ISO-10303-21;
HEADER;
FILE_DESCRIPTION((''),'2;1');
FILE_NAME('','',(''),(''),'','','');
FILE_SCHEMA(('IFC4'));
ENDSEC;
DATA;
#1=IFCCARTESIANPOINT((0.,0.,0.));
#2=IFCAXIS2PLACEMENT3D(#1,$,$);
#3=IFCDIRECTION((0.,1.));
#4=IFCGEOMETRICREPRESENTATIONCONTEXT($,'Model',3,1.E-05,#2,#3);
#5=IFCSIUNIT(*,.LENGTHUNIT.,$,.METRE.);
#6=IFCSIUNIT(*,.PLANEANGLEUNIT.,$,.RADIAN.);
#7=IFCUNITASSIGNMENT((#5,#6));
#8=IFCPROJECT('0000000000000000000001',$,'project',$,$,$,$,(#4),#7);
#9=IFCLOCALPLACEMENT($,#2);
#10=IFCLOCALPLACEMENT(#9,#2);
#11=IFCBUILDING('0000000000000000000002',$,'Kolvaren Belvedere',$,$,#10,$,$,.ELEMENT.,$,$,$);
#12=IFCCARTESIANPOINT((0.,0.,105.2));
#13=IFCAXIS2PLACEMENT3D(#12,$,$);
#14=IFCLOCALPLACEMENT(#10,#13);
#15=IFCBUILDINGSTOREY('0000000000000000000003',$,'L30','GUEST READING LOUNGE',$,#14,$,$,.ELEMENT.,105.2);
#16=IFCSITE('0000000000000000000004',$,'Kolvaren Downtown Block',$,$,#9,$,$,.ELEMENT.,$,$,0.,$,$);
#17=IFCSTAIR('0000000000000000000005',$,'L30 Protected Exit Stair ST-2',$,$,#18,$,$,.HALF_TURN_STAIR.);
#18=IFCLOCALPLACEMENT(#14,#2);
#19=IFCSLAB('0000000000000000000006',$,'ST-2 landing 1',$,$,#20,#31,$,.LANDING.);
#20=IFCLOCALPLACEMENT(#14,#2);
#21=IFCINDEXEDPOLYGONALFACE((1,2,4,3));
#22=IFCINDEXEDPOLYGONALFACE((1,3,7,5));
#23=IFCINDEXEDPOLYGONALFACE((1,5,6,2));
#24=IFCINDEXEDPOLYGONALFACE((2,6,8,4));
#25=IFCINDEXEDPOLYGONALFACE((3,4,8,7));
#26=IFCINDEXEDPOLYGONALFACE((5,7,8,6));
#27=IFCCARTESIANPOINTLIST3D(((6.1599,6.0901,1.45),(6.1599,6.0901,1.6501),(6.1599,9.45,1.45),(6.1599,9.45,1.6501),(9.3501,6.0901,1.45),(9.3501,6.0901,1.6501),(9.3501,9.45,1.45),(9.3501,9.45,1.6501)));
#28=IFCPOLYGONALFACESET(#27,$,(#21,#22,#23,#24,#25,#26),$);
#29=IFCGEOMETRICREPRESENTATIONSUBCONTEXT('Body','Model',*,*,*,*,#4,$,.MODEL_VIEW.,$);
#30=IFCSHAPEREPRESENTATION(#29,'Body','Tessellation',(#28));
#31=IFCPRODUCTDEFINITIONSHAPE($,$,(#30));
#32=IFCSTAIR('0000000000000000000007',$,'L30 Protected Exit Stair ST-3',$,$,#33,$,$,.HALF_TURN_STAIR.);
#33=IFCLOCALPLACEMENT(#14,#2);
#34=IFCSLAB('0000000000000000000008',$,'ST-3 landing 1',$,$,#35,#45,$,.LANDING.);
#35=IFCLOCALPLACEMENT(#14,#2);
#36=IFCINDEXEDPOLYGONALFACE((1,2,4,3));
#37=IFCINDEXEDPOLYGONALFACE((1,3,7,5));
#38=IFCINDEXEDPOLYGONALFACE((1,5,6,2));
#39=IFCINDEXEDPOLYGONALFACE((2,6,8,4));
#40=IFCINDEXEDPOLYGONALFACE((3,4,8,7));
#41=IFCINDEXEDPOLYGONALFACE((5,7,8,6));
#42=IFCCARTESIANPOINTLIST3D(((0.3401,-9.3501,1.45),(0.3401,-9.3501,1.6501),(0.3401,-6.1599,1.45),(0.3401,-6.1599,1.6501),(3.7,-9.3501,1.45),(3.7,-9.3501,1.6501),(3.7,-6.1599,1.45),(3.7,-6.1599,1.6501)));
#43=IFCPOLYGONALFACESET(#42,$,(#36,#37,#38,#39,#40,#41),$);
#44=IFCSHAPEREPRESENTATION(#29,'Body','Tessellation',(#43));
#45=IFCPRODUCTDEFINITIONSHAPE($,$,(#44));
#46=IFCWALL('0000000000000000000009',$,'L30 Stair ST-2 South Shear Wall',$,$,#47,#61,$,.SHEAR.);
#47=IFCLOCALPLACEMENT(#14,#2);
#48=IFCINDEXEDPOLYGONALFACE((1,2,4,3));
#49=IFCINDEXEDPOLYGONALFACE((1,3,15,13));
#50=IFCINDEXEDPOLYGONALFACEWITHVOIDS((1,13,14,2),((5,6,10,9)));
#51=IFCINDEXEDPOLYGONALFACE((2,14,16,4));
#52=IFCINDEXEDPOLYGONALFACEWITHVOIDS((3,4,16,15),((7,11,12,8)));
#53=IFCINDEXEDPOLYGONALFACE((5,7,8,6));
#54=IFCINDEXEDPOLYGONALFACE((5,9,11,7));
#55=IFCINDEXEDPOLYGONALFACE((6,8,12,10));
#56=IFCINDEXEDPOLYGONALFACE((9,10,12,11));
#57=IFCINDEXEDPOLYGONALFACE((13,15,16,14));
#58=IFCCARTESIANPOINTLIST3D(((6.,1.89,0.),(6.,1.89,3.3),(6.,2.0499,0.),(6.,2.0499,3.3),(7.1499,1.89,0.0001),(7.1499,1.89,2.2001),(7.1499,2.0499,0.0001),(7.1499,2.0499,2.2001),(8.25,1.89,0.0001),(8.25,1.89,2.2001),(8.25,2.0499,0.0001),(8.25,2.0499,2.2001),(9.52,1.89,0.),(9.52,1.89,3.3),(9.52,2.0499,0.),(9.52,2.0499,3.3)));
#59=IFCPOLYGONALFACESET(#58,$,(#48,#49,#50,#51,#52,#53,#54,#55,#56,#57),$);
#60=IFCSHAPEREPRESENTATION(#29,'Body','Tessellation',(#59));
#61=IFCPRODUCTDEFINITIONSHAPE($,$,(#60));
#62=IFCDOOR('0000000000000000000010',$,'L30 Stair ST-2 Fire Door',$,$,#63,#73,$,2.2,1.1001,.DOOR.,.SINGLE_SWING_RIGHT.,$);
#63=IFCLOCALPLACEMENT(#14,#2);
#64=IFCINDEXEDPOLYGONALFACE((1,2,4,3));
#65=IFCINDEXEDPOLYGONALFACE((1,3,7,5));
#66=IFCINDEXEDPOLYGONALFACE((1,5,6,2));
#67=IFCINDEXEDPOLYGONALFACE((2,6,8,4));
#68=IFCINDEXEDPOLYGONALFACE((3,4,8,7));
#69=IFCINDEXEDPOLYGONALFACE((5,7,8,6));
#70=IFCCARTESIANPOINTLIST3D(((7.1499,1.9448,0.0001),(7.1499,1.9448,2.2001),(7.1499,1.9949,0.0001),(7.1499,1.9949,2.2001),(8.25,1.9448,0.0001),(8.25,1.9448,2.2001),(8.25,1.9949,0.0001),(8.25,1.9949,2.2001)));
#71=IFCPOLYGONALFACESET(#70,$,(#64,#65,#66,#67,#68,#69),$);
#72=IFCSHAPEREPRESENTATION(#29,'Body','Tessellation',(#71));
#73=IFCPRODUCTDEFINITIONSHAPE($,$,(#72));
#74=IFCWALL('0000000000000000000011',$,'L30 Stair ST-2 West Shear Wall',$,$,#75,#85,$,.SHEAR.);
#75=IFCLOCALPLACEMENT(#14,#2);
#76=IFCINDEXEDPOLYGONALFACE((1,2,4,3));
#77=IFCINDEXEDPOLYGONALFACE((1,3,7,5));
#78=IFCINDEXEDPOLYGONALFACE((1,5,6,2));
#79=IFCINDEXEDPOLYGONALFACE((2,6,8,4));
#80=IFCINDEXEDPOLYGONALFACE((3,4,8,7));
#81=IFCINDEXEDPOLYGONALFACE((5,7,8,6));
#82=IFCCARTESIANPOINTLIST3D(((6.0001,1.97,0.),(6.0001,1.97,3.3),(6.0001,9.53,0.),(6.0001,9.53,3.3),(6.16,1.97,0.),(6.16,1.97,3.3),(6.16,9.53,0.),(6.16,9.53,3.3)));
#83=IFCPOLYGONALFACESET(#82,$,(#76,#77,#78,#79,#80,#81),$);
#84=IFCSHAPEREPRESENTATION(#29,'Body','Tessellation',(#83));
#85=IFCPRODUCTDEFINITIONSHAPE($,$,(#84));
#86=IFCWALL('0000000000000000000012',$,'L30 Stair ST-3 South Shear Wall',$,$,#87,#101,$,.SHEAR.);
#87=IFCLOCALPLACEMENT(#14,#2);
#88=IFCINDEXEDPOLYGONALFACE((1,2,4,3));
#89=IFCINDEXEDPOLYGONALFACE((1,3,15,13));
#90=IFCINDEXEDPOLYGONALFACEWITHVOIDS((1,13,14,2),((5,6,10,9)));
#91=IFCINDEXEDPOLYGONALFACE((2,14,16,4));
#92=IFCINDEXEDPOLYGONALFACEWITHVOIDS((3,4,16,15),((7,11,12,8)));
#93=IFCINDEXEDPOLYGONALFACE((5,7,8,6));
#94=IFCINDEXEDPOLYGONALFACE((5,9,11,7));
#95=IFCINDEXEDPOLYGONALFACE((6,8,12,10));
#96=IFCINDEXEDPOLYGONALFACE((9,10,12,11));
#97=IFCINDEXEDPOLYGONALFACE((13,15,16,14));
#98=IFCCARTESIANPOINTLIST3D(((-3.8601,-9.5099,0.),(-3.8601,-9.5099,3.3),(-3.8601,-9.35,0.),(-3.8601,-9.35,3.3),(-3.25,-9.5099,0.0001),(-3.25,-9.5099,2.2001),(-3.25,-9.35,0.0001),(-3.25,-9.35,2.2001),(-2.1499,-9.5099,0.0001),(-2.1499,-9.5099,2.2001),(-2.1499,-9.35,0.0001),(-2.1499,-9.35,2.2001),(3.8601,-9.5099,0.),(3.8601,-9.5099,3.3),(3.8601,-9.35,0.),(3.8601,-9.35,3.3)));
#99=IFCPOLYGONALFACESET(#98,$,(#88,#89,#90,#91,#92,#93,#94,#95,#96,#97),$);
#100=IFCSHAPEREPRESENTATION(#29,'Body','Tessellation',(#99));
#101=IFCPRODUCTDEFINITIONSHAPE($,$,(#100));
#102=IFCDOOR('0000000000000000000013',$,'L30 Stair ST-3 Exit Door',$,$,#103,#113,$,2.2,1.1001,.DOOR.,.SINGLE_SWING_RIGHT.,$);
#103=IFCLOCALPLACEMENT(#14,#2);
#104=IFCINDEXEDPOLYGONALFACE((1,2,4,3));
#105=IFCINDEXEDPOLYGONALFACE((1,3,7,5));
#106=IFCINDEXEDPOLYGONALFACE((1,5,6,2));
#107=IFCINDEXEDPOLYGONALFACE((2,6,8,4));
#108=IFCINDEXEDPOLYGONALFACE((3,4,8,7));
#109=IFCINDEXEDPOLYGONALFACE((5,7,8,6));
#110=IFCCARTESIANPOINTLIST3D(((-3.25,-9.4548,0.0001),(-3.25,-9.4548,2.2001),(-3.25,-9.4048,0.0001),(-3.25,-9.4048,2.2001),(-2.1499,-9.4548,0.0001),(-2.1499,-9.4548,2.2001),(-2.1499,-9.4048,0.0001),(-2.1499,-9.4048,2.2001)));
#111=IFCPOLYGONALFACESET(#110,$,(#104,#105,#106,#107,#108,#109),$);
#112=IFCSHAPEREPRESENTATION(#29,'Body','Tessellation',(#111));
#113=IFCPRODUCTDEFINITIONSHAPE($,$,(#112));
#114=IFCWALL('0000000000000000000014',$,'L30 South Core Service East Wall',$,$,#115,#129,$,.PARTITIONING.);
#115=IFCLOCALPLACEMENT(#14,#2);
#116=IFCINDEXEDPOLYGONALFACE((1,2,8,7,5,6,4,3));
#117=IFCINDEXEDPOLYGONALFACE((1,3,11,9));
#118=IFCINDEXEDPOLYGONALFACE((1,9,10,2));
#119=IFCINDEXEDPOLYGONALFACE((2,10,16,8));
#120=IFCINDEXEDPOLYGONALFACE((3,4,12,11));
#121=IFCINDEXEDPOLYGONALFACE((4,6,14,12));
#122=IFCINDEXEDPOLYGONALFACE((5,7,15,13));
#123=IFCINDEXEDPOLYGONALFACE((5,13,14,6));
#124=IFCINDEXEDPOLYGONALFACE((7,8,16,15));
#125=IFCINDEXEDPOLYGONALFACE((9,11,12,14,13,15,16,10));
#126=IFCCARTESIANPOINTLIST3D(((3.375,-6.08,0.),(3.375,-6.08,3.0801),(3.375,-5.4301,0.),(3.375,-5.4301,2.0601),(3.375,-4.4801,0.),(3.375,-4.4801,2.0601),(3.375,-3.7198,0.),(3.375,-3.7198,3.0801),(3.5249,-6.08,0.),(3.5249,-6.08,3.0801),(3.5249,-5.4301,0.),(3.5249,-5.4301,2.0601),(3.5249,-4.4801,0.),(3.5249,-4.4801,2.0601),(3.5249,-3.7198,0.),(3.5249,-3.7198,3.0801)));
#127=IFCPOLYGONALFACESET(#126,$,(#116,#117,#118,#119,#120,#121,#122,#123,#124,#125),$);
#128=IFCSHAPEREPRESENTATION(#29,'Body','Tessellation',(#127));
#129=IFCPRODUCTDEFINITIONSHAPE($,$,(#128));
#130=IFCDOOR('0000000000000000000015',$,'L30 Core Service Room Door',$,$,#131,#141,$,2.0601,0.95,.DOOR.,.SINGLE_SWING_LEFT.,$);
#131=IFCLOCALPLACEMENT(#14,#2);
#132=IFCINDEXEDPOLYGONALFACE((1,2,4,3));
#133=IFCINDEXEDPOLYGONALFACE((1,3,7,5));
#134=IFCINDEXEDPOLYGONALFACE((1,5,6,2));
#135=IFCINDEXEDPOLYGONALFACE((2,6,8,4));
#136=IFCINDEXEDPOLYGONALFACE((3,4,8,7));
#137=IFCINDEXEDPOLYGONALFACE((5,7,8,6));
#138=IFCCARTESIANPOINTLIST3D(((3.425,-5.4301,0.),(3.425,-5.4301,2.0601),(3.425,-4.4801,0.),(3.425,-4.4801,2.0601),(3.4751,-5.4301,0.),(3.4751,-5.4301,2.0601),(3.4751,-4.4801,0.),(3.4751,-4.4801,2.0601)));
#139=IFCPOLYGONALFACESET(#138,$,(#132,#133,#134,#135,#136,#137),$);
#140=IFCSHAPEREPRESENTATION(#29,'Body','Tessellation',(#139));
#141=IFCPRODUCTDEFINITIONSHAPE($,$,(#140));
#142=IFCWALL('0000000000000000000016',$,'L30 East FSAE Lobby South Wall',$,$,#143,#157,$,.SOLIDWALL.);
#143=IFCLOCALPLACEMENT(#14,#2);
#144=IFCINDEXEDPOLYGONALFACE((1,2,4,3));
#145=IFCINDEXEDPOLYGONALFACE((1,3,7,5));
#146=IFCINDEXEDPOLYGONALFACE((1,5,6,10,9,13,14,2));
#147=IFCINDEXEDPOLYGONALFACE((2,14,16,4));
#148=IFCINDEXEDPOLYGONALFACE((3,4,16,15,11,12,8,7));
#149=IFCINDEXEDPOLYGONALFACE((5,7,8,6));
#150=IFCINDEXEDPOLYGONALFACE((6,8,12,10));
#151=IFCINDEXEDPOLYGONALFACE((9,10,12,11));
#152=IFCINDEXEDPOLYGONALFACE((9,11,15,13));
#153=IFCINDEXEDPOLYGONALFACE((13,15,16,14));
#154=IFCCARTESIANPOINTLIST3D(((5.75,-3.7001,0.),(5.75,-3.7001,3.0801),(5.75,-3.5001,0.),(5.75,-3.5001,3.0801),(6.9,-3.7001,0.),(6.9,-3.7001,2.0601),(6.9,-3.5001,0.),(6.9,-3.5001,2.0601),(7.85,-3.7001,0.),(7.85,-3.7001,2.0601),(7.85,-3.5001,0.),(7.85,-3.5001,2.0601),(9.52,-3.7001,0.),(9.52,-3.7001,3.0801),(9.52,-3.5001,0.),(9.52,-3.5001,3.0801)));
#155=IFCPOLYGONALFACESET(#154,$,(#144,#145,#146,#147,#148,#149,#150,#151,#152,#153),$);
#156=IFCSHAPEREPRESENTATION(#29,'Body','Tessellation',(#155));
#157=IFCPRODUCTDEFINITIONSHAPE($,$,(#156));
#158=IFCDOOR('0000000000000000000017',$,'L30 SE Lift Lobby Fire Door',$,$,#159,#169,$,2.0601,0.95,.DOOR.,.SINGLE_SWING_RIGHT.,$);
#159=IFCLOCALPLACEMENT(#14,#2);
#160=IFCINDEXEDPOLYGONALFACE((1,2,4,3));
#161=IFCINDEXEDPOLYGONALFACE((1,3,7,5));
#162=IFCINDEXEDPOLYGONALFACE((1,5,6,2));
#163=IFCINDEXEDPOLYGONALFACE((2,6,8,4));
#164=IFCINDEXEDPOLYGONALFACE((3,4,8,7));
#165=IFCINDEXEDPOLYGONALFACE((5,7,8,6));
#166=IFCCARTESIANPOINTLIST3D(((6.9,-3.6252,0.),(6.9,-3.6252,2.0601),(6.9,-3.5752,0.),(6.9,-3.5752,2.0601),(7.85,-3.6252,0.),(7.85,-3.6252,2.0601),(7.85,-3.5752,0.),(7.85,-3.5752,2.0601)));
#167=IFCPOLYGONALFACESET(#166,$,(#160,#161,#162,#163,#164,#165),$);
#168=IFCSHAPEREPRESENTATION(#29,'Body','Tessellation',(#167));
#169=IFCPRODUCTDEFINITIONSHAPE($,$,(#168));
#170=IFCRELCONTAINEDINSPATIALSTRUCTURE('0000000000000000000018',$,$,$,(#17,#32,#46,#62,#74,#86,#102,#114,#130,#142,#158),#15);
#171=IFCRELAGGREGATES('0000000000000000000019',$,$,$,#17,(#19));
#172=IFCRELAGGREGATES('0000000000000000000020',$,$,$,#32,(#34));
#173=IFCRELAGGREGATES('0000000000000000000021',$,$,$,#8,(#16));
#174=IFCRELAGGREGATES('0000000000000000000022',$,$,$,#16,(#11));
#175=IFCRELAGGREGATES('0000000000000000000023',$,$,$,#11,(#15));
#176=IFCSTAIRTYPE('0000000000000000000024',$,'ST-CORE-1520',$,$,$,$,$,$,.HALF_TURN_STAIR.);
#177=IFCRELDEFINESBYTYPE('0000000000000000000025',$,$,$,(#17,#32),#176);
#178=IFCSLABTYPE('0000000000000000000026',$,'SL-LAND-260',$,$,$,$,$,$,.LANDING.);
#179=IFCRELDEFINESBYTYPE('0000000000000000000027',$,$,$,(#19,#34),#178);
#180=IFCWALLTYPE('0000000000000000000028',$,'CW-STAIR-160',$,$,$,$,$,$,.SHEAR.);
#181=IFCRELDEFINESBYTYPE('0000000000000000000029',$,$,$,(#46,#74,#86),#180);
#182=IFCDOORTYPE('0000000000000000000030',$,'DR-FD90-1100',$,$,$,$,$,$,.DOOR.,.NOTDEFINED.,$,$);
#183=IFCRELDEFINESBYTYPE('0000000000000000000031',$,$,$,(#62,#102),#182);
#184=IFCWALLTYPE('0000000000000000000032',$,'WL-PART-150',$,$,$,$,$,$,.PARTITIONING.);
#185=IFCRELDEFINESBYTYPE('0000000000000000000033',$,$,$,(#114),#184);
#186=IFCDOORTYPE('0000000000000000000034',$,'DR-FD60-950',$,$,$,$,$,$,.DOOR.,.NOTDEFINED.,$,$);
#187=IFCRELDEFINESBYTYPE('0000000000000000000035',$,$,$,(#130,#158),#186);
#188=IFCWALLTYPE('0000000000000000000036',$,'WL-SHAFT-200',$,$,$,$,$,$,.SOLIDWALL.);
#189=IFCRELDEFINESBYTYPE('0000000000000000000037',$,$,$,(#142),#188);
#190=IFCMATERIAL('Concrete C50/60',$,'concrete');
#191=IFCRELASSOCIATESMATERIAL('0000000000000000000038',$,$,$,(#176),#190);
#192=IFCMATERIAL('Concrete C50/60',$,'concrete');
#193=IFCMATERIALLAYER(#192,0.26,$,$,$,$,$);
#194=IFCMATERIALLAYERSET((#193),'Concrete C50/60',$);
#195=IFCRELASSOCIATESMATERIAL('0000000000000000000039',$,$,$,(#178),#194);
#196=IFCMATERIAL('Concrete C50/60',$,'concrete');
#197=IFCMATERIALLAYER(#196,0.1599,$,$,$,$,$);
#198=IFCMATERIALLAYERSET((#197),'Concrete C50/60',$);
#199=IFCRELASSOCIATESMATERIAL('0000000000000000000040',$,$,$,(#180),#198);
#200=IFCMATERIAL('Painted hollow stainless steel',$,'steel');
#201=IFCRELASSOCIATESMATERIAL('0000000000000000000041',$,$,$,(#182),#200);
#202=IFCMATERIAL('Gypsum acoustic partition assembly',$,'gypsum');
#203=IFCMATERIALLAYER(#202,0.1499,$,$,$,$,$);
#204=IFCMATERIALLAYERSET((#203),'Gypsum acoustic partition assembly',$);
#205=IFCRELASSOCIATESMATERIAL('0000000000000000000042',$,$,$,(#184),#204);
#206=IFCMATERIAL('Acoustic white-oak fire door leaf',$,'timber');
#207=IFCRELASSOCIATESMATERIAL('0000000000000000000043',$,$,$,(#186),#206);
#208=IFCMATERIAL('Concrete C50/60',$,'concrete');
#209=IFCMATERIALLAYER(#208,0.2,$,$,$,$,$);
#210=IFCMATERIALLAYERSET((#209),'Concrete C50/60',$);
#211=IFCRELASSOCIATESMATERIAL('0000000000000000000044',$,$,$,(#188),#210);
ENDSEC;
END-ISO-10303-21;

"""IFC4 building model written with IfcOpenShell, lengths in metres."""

from ifc_helpers import new_model, si_unit, direction, frame, frame_2d, origin, place, context, subcontext, project, spatial, polyline, rectangle, outline, extrude, material, layer, layer_set, type_object, element, fill, aggregate, save


model = new_model("IFC4")

# Units and contexts
model_context = context("Model", 3, precision=1e-05, world=origin(), true_north=direction((0.0, 1.0)))
body_context = subcontext(model_context, "Body", "Model", "MODEL_VIEW")
ifc_project = project(units=[si_unit("LENGTHUNIT", "METRE"), si_unit("PLANEANGLEUNIT", "RADIAN")], contexts=[model_context])

# Site, building, storey
site_placement = place(None, origin())
site = spatial("IfcSite", under=ifc_project, at=site_placement, Name="Kolvaren Downtown Block", CompositionType="ELEMENT", RefElevation=0.0)
building_placement = place(site_placement, origin())
building = spatial("IfcBuilding", under=site, at=building_placement, Name="Kolvaren Belvedere", CompositionType="ELEMENT")
storey_placement = place(building_placement, frame((0.0, 0.0, 105.2)))
storey = spatial("IfcBuildingStorey", under=building, at=storey_placement, Name="L30", Description="GUEST READING LOUNGE", CompositionType="ELEMENT", Elevation=105.2)

# Stairs, slabs
ifc_material_1 = material(Name="Concrete C50/60", Category="concrete")
stair_type = type_object("IfcStairType", Name="ST-CORE-1520", PredefinedType="HALF_TURN_STAIR", material=ifc_material_1)
ifc_material_2 = material(Name="Concrete C50/60", Category="concrete")
ifc_layer_1 = layer(ifc_material_2, 0.26)
ifc_layer_set_1 = layer_set([ifc_layer_1], Name="Concrete C50/60")
slab_type_1 = type_object("IfcSlabType", Name="SL-LAND-260", PredefinedType="LANDING", material=ifc_layer_set_1)
stair_1_placement = place(storey_placement, origin())
stair_1 = element("IfcStair", 1, at=stair_1_placement, inside=storey, type_object=stair_type, Name="L30 Protected Exit Stair ST-2", PredefinedType="HALF_TURN_STAIR")
slab_1_placement = place(storey_placement, frame((0.0, 0.0, 1.45)))
slab_1 = element("IfcSlab", 2, at=slab_1_placement, type_object=slab_type_1, Name="ST-2 landing 1", PredefinedType="LANDING", context=body_context, shape_type="SweptSolid", body=[
    extrude(outline(polyline([(9.3501, 6.0901), (9.3501, 9.45), (6.1599, 9.45), (6.1599, 6.0901), (9.3501, 6.0901)])), origin(), (0.0, 0.0, 1.0), 0.2002),
])
aggregate(stair_1, [slab_1])
stair_2_placement = place(storey_placement, origin())
stair_2 = element("IfcStair", 3, at=stair_2_placement, inside=storey, type_object=stair_type, Name="L30 Protected Exit Stair ST-3", PredefinedType="HALF_TURN_STAIR")
slab_2_placement = place(storey_placement, frame((0.0, 0.0, 1.45)))
slab_2 = element("IfcSlab", 4, at=slab_2_placement, type_object=slab_type_1, Name="ST-3 landing 1", PredefinedType="LANDING", context=body_context, shape_type="SweptSolid", body=[
    extrude(outline(polyline([(0.3401, -9.3501), (3.7, -9.3501), (3.7, -6.1599), (0.3401, -6.1599), (0.3401, -9.3501)])), origin(), (0.0, 0.0, 1.0), 0.2002),
])

# Wall, opening, door
ifc_material_3 = material(Name="Concrete C50/60", Category="concrete")
ifc_layer_2 = layer(ifc_material_3, 0.1599)
ifc_layer_set_2 = layer_set([ifc_layer_2], Name="Concrete C50/60")
wall_type_1 = type_object("IfcWallType", Name="CW-STAIR-160", PredefinedType="SHEAR", material=ifc_layer_set_2)
wall_1_placement = place(storey_placement, frame((6.0, 1.97, 0.0), z_axis=(0.0, 0.0, 1.0), x_axis=(1.0, 0.0, 0.0)))
wall_1 = element("IfcWall", 5, at=wall_1_placement, inside=storey, type_object=wall_type_1, Name="L30 Stair ST-2 South Shear Wall", PredefinedType="SHEAR", context=body_context, shape_type="SweptSolid", body=[
    extrude(rectangle(XDim=3.52, YDim=0.1599, at=frame_2d((1.76, 0.0))), origin(), (0.0, 0.0, 1.0), 3.3),
])
opening_1_placement = place(wall_1_placement, frame((1.1499, 0.0, 0.0)))
opening_1 = element("IfcOpeningElement", 6, at=opening_1_placement, cuts=wall_1, PredefinedType="OPENING", context=body_context, shape_type="SweptSolid", body=[
    extrude(rectangle(XDim=1.1001, YDim=2.2, at=frame_2d((0.55, 1.1001))), frame((0.0, 0.0898, 0.0), z_axis=(0.0, -1.0, 0.0), x_axis=(1.0, 0.0, 0.0)), (0.0, 0.0, 1.0), 0.1799),
])
ifc_material_4 = material(Name="Painted hollow stainless steel", Category="steel")
door_type_1 = type_object("IfcDoorType", Name="DR-FD90-1100", OperationType="NOTDEFINED", PredefinedType="DOOR", material=ifc_material_4)
door_1_placement = place(opening_1_placement, origin())
door_1 = element("IfcDoor", 7, at=door_1_placement, inside=storey, type_object=door_type_1, Name="L30 Stair ST-2 Fire Door", OperationType="SINGLE_SWING_RIGHT", OverallHeight=2.2, OverallWidth=1.1001, PredefinedType="DOOR", context=body_context, shape_type="SweptSolid", body=[
    extrude(rectangle(XDim=1.1001, YDim=2.2, at=frame_2d((0.55, 1.1001))), frame((0.0, 0.0249, 0.0), z_axis=(0.0, -1.0, 0.0), x_axis=(1.0, 0.0, 0.0)), (0.0, 0.0, 1.0), 0.05),
])
fill(opening_1, door_1)

# Wall
wall_2_placement = place(storey_placement, frame((6.0801, 1.97, 0.0), z_axis=(0.0, 0.0, 1.0), x_axis=(0.0, 1.0, 0.0)))
element("IfcWall", 8, at=wall_2_placement, inside=storey, type_object=wall_type_1, Name="L30 Stair ST-2 West Shear Wall", PredefinedType="SHEAR", context=body_context, shape_type="SweptSolid", body=[
    extrude(rectangle(XDim=7.5601, YDim=0.1599, at=frame_2d((3.78, 0.0))), origin(), (0.0, 0.0, 1.0), 3.3),
])

# Walls, openings, doors
wall_3_placement = place(storey_placement, frame((3.8601, -9.4299, 0.0), z_axis=(0.0, 0.0, 1.0), x_axis=(-1.0, 0.0, 0.0)))
wall_3 = element("IfcWall", 9, at=wall_3_placement, inside=storey, type_object=wall_type_1, Name="L30 Stair ST-3 South Shear Wall", PredefinedType="SHEAR", context=body_context, shape_type="SweptSolid", body=[
    extrude(rectangle(XDim=7.7202, YDim=0.1599, at=frame_2d((3.8601, 0.0))), origin(), (0.0, 0.0, 1.0), 3.3),
])
opening_2_placement = place(wall_3_placement, frame((6.01, 0.0, 0.0)))
opening_2 = element("IfcOpeningElement", 10, at=opening_2_placement, cuts=wall_3, PredefinedType="OPENING", context=body_context, shape_type="SweptSolid", body=[
    extrude(rectangle(XDim=1.1001, YDim=2.2, at=frame_2d((0.55, 1.1001))), frame((0.0, 0.0898, 0.0), z_axis=(0.0, -1.0, 0.0), x_axis=(1.0, 0.0, 0.0)), (0.0, 0.0, 1.0), 0.1799),
])
door_2_placement = place(opening_2_placement, origin())
door_2 = element("IfcDoor", 11, at=door_2_placement, inside=storey, type_object=door_type_1, Name="L30 Stair ST-3 Exit Door", OperationType="SINGLE_SWING_RIGHT", OverallHeight=2.2, OverallWidth=1.1001, PredefinedType="DOOR", context=body_context, shape_type="SweptSolid", body=[
    extrude(rectangle(XDim=1.1001, YDim=2.2, at=frame_2d((0.55, 1.1001))), frame((0.0, 0.0249, 0.0), z_axis=(0.0, -1.0, 0.0), x_axis=(1.0, 0.0, 0.0)), (0.0, 0.0, 1.0), 0.05),
])
fill(opening_2, door_2)
ifc_material_5 = material(Name="Gypsum acoustic partition assembly", Category="gypsum")
ifc_layer_3 = layer(ifc_material_5, 0.1499)
ifc_layer_set_3 = layer_set([ifc_layer_3], Name="Gypsum acoustic partition assembly")
wall_type_2 = type_object("IfcWallType", Name="WL-PART-150", PredefinedType="PARTITIONING", material=ifc_layer_set_3)
wall_4_placement = place(storey_placement, frame((3.45, -6.0801, 0.0), z_axis=(0.0, 0.0, 1.0), x_axis=(0.0, 1.0, 0.0)))
wall_4 = element("IfcWall", 12, at=wall_4_placement, inside=storey, type_object=wall_type_2, Name="L30 South Core Service East Wall", PredefinedType="PARTITIONING", context=body_context, shape_type="SweptSolid", body=[
    extrude(rectangle(XDim=2.3601, YDim=0.1499, at=frame_2d((1.1802, 0.0))), origin(), (0.0, 0.0, 1.0), 3.0801),
])
opening_3_placement = place(wall_4_placement, frame((0.6499, 0.0, 0.0)))
opening_3 = element("IfcOpeningElement", 13, at=opening_3_placement, cuts=wall_4, PredefinedType="OPENING", context=body_context, shape_type="SweptSolid", body=[
    extrude(rectangle(XDim=0.95, YDim=2.0601, at=frame_2d((0.4751, 1.03))), frame((0.0, 0.085, 0.0), z_axis=(0.0, -1.0, 0.0), x_axis=(1.0, 0.0, 0.0)), (0.0, 0.0, 1.0), 0.1699),
])
ifc_material_6 = material(Name="Acoustic white-oak fire door leaf", Category="timber")
door_type_2 = type_object("IfcDoorType", Name="DR-FD60-950", OperationType="NOTDEFINED", PredefinedType="DOOR", material=ifc_material_6)
door_3_placement = place(opening_3_placement, origin())
door_3 = element("IfcDoor", 14, at=door_3_placement, inside=storey, type_object=door_type_2, Name="L30 Core Service Room Door", OperationType="SINGLE_SWING_LEFT", OverallHeight=2.0601, OverallWidth=0.95, PredefinedType="DOOR", context=body_context, shape_type="SweptSolid", body=[
    extrude(rectangle(XDim=0.95, YDim=2.0601, at=frame_2d((0.4751, 1.03))), frame((0.0, 0.0249, 0.0), z_axis=(0.0, -1.0, 0.0), x_axis=(1.0, 0.0, 0.0)), (0.0, 0.0, 1.0), 0.05),
])
fill(opening_3, door_3)
ifc_material_7 = material(Name="Concrete C50/60", Category="concrete")
ifc_layer_4 = layer(ifc_material_7, 0.2)
ifc_layer_set_4 = layer_set([ifc_layer_4], Name="Concrete C50/60")
wall_type_3 = type_object("IfcWallType", Name="WL-SHAFT-200", PredefinedType="SOLIDWALL", material=ifc_layer_set_4)
wall_5_placement = place(storey_placement, frame((5.75, -3.6001, 0.0), z_axis=(0.0, 0.0, 1.0), x_axis=(1.0, 0.0, 0.0)))
wall_5 = element("IfcWall", 15, at=wall_5_placement, inside=storey, type_object=wall_type_3, Name="L30 East FSAE Lobby South Wall", PredefinedType="SOLIDWALL", context=body_context, shape_type="SweptSolid", body=[
    extrude(rectangle(XDim=3.77, YDim=0.2, at=frame_2d((1.885, 0.0))), origin(), (0.0, 0.0, 1.0), 3.0801),
])
opening_4_placement = place(wall_5_placement, frame((1.1499, 0.0, 0.0)))
opening_4 = element("IfcOpeningElement", 16, at=opening_4_placement, cuts=wall_5, PredefinedType="OPENING", context=body_context, shape_type="SweptSolid", body=[
    extrude(rectangle(XDim=0.95, YDim=2.0601, at=frame_2d((0.4751, 1.03))), frame((0.0, 0.1099, 0.0), z_axis=(0.0, -1.0, 0.0), x_axis=(1.0, 0.0, 0.0)), (0.0, 0.0, 1.0), 0.22),
])
door_4_placement = place(opening_4_placement, origin())
door_4 = element("IfcDoor", 17, at=door_4_placement, inside=storey, type_object=door_type_2, Name="L30 SE Lift Lobby Fire Door", OperationType="SINGLE_SWING_RIGHT", OverallHeight=2.0601, OverallWidth=0.95, PredefinedType="DOOR", context=body_context, shape_type="SweptSolid", body=[
    extrude(rectangle(XDim=0.95, YDim=2.0601, at=frame_2d((0.4751, 1.03))), frame((0.0, 0.0249, 0.0), z_axis=(0.0, -1.0, 0.0), x_axis=(1.0, 0.0, 0.0)), (0.0, 0.0, 1.0), 0.05),
])
fill(opening_4, door_4)

aggregate(stair_2, [slab_2])

save(model, "model.ifc")
